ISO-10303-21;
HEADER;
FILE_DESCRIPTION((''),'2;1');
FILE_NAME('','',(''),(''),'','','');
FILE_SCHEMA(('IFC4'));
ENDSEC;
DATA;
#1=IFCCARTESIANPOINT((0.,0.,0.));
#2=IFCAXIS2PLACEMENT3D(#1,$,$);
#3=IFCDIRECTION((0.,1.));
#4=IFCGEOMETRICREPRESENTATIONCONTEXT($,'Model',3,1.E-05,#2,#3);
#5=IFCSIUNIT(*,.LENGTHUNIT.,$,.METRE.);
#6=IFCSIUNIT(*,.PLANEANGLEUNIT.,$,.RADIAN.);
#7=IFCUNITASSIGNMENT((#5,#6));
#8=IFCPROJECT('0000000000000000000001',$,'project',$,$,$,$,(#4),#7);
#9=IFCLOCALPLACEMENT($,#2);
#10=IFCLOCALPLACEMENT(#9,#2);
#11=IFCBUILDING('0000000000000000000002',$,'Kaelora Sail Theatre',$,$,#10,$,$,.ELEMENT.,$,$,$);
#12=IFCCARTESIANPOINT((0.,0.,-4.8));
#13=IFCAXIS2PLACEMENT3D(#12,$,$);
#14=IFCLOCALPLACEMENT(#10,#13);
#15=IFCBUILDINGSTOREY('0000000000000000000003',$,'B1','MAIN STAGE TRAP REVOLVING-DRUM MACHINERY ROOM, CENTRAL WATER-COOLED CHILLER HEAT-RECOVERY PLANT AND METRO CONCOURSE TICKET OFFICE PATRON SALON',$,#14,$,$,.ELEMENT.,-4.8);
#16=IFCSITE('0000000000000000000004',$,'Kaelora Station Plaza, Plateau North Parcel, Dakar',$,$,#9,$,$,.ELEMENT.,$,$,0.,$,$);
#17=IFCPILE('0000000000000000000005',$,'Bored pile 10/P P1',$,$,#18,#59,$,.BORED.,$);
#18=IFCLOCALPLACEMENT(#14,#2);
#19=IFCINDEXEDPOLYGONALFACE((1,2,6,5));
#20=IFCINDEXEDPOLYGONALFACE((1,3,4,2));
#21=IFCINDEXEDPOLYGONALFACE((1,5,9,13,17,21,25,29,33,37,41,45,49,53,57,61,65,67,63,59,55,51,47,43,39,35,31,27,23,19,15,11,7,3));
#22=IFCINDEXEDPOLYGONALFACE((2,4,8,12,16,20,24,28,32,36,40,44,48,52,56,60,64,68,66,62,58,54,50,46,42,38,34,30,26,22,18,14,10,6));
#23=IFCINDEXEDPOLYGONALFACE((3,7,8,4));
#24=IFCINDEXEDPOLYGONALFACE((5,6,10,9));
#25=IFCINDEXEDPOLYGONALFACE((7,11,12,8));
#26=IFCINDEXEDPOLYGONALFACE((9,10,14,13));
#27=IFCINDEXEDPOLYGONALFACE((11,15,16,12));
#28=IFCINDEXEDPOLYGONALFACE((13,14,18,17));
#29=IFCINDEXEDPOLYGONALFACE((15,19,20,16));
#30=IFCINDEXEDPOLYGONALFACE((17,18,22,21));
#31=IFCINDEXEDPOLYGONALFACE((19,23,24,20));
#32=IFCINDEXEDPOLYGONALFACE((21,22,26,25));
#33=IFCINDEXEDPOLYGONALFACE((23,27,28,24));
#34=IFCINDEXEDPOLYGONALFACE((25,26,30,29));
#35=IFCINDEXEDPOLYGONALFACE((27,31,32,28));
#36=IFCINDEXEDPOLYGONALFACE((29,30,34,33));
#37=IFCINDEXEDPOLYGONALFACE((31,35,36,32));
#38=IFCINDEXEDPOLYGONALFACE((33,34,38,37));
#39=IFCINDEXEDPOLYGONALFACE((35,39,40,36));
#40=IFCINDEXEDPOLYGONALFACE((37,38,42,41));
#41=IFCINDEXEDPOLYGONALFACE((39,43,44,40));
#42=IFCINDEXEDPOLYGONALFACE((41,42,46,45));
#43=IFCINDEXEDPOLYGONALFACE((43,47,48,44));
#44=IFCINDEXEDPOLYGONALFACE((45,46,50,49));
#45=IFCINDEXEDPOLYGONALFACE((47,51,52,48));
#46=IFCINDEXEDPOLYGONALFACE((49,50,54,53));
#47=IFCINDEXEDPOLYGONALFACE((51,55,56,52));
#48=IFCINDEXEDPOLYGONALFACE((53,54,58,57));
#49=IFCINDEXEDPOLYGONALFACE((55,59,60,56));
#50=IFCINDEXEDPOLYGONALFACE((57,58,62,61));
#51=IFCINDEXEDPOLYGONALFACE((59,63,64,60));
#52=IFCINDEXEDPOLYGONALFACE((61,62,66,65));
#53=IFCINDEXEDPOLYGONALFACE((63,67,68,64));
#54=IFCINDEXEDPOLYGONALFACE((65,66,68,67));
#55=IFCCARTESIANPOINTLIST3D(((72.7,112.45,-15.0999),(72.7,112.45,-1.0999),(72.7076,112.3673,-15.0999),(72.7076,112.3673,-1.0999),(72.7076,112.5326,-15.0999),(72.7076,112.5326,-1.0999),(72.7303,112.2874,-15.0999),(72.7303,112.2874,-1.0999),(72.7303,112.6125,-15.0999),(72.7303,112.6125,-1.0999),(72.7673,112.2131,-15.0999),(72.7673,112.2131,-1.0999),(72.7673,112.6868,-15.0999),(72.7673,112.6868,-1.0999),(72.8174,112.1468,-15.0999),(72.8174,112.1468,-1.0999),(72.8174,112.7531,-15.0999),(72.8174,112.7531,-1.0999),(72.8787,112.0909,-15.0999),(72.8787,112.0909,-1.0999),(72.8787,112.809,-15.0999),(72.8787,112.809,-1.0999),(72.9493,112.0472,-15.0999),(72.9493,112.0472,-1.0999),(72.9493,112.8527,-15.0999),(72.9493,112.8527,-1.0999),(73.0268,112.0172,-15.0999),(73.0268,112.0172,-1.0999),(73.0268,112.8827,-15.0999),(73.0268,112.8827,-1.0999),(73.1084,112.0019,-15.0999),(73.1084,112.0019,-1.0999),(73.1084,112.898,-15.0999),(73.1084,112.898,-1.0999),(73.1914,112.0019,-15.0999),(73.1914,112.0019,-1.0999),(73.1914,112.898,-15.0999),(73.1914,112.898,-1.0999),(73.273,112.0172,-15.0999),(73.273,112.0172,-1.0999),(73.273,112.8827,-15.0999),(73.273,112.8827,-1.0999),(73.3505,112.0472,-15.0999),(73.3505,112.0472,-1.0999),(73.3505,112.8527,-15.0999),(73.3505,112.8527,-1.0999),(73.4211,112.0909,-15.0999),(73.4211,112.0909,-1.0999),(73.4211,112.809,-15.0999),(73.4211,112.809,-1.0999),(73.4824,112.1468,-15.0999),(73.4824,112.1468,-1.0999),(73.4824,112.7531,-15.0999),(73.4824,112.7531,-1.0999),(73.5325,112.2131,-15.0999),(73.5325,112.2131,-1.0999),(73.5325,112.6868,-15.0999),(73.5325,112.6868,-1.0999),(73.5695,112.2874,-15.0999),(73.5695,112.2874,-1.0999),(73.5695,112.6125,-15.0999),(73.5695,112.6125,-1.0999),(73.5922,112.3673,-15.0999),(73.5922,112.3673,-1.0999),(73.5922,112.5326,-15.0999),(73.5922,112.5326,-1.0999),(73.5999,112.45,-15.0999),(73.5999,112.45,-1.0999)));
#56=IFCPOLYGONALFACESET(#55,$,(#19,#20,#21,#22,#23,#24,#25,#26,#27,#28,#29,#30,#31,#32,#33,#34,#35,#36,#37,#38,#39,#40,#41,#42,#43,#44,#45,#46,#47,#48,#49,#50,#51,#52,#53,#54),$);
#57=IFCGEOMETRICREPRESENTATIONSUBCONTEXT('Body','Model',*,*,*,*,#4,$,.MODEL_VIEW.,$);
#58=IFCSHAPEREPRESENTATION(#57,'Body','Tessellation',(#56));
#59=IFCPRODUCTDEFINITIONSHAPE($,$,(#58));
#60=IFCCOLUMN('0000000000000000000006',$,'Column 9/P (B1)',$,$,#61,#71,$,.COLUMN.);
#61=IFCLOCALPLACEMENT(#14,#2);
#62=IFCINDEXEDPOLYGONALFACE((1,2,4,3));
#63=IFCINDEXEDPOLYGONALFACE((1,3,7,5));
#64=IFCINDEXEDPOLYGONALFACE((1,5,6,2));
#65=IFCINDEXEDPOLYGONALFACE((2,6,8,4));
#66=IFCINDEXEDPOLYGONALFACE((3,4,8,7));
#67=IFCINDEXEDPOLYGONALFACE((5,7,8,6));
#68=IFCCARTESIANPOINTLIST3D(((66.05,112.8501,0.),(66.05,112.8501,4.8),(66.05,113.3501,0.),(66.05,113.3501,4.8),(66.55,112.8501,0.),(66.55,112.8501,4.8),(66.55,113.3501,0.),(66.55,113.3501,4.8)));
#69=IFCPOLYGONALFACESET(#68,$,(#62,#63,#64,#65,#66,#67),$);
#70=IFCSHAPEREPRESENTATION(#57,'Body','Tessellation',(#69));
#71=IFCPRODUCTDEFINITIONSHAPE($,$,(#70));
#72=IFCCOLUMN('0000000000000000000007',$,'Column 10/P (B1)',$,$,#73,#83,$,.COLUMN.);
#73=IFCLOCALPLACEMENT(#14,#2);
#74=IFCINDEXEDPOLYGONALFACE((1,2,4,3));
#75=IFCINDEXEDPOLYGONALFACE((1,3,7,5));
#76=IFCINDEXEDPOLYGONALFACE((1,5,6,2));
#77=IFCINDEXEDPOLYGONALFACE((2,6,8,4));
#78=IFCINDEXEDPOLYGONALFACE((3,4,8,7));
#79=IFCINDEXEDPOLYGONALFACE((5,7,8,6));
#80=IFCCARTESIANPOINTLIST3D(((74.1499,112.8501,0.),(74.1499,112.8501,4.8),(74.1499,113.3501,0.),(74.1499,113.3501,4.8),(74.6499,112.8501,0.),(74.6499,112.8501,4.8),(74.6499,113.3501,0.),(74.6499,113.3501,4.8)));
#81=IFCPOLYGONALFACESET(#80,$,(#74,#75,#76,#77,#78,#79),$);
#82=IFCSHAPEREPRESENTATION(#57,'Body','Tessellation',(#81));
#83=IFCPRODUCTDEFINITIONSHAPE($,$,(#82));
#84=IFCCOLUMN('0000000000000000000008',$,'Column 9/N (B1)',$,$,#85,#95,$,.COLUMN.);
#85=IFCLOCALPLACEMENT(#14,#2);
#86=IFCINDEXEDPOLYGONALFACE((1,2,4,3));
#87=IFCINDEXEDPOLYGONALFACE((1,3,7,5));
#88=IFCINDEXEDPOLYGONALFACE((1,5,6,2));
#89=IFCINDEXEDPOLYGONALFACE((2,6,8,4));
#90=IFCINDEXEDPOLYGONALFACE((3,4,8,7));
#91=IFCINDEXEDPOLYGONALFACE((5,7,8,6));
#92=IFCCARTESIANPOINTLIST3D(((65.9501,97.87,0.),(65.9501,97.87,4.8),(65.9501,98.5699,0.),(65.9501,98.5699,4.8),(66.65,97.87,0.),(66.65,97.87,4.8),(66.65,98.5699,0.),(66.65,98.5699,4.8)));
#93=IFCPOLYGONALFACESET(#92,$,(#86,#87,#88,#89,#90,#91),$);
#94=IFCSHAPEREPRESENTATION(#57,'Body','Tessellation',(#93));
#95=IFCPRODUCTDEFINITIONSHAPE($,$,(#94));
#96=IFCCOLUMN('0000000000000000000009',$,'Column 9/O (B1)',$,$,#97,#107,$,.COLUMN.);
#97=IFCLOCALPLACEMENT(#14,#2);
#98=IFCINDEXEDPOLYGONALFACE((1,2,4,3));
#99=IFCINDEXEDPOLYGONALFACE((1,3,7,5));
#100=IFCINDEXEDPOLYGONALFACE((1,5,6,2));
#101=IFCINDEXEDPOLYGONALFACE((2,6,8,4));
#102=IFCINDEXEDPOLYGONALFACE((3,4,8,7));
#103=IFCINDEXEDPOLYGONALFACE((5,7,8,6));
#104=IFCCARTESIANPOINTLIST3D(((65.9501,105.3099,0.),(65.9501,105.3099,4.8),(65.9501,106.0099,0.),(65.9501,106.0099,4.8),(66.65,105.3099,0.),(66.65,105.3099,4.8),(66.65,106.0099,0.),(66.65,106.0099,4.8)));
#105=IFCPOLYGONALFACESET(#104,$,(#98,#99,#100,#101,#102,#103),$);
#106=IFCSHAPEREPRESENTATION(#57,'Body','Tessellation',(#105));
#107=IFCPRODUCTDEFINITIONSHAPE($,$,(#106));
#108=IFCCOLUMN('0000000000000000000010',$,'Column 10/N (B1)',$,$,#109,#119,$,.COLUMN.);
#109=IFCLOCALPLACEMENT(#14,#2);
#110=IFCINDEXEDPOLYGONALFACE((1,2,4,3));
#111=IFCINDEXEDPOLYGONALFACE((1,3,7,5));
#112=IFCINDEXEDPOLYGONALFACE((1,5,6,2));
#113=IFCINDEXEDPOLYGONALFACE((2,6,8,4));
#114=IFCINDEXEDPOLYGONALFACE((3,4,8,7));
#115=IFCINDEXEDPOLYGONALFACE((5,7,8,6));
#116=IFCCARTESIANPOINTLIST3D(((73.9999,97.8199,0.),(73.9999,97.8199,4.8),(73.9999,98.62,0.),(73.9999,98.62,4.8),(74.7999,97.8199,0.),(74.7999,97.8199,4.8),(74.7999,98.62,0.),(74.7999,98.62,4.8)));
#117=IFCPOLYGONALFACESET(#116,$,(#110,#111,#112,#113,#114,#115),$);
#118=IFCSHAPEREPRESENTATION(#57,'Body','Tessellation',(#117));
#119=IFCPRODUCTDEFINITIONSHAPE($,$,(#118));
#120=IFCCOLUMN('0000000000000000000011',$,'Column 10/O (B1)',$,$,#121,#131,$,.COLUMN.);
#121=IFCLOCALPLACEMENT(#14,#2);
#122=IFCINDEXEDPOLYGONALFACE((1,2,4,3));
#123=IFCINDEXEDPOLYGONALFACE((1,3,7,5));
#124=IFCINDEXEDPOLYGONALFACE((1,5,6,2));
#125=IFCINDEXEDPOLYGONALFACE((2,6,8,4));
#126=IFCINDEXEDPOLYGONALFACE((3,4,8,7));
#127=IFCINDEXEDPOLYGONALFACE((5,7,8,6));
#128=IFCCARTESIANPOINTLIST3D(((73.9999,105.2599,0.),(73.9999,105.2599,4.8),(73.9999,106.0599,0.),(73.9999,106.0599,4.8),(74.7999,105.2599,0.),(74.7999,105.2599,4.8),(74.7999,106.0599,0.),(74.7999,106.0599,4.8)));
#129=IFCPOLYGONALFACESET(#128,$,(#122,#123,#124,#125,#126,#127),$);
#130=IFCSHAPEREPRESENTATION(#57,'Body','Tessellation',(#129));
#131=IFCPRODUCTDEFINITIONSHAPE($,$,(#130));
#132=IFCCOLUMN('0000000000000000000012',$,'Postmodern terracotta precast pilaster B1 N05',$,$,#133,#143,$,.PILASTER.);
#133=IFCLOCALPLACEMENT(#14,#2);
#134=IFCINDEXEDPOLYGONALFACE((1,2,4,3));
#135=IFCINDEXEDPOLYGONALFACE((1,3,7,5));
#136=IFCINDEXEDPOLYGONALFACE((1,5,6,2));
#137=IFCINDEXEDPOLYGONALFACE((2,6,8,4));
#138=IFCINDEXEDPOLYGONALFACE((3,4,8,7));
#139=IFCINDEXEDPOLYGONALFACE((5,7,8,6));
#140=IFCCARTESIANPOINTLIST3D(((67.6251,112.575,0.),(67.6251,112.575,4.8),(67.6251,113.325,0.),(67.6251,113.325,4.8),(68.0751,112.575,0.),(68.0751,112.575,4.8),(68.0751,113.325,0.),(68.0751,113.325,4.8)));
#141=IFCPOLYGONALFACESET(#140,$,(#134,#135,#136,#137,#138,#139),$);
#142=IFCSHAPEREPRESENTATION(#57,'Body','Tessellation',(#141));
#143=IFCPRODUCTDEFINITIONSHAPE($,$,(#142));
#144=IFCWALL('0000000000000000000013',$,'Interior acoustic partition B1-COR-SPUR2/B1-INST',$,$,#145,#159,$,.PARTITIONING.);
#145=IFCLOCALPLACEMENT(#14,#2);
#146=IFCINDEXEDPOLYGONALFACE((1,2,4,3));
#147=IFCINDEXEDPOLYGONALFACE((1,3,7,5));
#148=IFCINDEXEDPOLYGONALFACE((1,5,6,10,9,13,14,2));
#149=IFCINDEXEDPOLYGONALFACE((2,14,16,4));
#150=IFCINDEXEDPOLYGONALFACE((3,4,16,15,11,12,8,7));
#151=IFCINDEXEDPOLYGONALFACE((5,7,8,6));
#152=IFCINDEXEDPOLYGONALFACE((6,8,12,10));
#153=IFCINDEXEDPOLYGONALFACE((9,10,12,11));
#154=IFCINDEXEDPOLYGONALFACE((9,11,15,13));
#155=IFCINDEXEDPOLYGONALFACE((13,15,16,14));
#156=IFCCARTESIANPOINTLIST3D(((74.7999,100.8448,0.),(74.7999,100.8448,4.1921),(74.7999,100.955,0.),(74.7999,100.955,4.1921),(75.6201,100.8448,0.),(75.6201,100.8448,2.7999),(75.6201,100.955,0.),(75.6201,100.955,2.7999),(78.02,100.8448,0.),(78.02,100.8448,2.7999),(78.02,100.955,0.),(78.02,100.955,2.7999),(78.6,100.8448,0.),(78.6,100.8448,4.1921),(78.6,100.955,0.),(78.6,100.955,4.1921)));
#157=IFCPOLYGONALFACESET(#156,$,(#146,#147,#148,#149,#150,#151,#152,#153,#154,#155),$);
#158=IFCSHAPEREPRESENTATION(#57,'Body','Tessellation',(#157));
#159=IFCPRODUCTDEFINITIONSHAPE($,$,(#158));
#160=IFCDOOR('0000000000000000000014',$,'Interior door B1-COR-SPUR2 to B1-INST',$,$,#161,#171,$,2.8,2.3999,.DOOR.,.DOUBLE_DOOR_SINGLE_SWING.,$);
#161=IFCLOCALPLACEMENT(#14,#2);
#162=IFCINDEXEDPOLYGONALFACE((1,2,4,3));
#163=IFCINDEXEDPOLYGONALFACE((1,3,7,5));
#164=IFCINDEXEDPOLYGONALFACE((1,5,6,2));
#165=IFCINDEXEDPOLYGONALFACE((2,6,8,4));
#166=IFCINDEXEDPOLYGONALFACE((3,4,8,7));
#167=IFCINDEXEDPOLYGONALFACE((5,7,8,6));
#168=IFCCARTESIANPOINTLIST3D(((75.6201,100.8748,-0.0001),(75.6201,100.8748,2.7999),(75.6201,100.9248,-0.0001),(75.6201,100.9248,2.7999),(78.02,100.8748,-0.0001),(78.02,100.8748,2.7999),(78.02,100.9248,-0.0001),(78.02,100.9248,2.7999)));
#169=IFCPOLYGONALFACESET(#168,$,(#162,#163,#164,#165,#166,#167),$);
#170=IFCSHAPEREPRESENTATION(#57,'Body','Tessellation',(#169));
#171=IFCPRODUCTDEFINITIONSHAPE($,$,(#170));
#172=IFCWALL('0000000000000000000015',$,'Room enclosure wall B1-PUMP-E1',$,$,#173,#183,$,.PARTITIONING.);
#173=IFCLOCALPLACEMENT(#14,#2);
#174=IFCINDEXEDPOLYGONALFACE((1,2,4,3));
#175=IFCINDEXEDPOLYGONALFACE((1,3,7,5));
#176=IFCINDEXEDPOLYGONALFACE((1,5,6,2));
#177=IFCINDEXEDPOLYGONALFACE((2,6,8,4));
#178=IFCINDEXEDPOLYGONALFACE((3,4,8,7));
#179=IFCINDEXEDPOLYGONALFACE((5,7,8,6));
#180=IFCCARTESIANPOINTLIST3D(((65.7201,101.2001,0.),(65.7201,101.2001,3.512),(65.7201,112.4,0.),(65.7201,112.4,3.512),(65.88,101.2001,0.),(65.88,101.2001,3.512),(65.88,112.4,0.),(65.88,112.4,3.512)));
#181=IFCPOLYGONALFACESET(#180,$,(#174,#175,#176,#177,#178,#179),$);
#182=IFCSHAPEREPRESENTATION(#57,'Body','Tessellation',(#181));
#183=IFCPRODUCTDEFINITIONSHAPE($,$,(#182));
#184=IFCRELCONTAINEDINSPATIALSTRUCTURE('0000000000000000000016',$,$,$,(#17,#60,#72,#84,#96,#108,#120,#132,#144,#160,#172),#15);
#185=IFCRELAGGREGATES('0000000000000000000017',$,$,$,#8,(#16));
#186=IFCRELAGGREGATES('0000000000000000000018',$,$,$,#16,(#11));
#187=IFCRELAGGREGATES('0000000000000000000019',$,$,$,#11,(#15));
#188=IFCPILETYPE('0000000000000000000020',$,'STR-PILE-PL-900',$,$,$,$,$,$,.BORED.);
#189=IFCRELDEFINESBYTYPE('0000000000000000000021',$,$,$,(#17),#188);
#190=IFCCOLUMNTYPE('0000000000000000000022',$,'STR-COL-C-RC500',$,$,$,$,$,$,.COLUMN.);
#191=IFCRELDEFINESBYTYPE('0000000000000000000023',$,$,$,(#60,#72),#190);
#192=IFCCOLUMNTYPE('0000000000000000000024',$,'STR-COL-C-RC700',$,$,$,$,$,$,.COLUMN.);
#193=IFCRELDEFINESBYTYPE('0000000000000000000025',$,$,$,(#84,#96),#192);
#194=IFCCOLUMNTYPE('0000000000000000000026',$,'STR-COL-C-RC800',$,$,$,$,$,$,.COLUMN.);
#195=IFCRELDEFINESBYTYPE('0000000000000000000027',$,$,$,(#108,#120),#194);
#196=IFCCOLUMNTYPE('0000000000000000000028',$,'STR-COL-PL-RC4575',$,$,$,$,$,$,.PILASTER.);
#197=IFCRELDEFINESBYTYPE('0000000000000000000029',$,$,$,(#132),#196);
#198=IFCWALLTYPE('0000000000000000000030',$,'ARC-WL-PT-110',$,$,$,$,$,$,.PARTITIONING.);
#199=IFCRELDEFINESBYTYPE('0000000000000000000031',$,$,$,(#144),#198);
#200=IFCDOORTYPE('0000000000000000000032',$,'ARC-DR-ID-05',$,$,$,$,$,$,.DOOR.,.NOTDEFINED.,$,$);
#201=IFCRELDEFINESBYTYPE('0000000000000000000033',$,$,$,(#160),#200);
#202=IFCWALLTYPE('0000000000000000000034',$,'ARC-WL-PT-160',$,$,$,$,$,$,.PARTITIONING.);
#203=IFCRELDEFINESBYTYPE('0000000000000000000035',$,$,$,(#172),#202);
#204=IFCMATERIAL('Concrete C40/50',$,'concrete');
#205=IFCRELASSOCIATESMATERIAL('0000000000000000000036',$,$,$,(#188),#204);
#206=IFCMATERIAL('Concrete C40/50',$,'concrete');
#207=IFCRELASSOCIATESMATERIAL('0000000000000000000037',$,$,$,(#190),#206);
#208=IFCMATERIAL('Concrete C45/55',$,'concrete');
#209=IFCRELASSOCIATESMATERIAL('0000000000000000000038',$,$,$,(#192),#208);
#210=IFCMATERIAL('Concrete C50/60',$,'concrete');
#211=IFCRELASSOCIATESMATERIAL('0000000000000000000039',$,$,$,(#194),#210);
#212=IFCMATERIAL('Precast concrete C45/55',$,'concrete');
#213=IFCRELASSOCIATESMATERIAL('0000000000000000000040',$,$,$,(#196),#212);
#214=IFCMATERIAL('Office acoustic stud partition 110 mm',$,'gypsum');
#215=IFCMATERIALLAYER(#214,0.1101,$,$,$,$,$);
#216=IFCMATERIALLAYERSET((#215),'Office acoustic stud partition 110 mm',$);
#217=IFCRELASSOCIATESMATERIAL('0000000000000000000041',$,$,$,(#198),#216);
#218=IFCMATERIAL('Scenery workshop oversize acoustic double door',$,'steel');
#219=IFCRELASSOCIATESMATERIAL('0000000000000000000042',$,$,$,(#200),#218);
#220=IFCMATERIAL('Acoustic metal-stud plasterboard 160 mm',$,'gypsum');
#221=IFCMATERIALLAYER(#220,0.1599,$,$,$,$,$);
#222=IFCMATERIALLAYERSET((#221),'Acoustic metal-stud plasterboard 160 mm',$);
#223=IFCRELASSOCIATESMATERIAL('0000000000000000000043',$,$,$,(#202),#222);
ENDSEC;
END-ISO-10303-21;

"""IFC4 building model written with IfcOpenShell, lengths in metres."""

from ifc_helpers import new_model, si_unit, direction, frame, frame_2d, origin, origin_2d, place, context, subcontext, project, spatial, rectangle, circle, extrude, material, layer, layer_set, material_profile, profile_set, type_object, element, fill, save


model = new_model("IFC4")

# Units and contexts
model_context = context("Model", 3, precision=1e-05, world=origin(), true_north=direction((0.0, 1.0)))
body_context = subcontext(model_context, "Body", "Model", "MODEL_VIEW")
ifc_project = project(units=[si_unit("LENGTHUNIT", "METRE"), si_unit("PLANEANGLEUNIT", "RADIAN")], contexts=[model_context])

# Site, building, storey
site_placement = place(None, origin())
site = spatial("IfcSite", under=ifc_project, at=site_placement, Name="Kaelora Station Plaza, Plateau North Parcel, Dakar", CompositionType="ELEMENT", RefElevation=0.0)
building_placement = place(site_placement, origin())
building = spatial("IfcBuilding", under=site, at=building_placement, Name="Kaelora Sail Theatre", CompositionType="ELEMENT")
storey_placement = place(building_placement, frame((0.0, 0.0, -4.8)))
storey = spatial("IfcBuildingStorey", under=building, at=storey_placement, Name="B1", Description="MAIN STAGE TRAP REVOLVING-DRUM MACHINERY ROOM, CENTRAL WATER-COOLED CHILLER HEAT-RECOVERY PLANT AND METRO CONCOURSE TICKET OFFICE PATRON SALON", CompositionType="ELEMENT", Elevation=-4.8)

# Pile
ifc_material_1 = material(Name="Concrete C40/50", Category="concrete")
ifc_material_profile_1 = material_profile(ifc_material_1, circle(Radius=0.45, at=origin_2d()), Name="PILE D900")
ifc_profile_set_1 = profile_set([ifc_material_profile_1], Name="Concrete C40/50")
pile_type_1 = type_object("IfcPileType", Name="STR-PILE-PL-900", PredefinedType="BORED", material=ifc_profile_set_1)
for number, where, z_axis, x_axis, name in (
    (1, (73.1499, 112.45, -1.0999), (0.0, 0.0, -1.0), (1.0, 0.0, 0.0), "Bored pile 10/P P1"),
):
    element("IfcPile", number, at=place(storey_placement, frame(where, z_axis=z_axis, x_axis=x_axis)), inside=storey, type_object=pile_type_1, Name=name, PredefinedType="BORED", context=body_context, shape_type="SweptSolid", body=[
        extrude(circle(Radius=0.45, at=origin_2d()), origin(), (0.0, 0.0, 1.0), 14.0),
    ])

# Columns
ifc_material_2 = material(Name="Concrete C40/50", Category="concrete")
ifc_material_profile_2 = material_profile(ifc_material_2, rectangle(XDim=0.5, YDim=0.5, at=origin_2d()), Name="RC-COL 500x500")
ifc_profile_set_2 = profile_set([ifc_material_profile_2], Name="Concrete C40/50")
column_type_1 = type_object("IfcColumnType", Name="STR-COL-C-RC500", PredefinedType="COLUMN", material=ifc_profile_set_2)
for number, where, z_axis, x_axis, name in (
    (2, (66.3, 113.1001, 0.0), (0.0, 0.0, 1.0), (1.0, 0.0, 0.0), "Column 9/P (B1)"),
    (3, (74.3999, 113.1001, 0.0), (0.0, 0.0, 1.0), (1.0, 0.0, 0.0), "Column 10/P (B1)"),
):
    element("IfcColumn", number, at=place(storey_placement, frame(where, z_axis=z_axis, x_axis=x_axis)), inside=storey, type_object=column_type_1, Name=name, PredefinedType="COLUMN", context=body_context, shape_type="SweptSolid", body=[
        extrude(rectangle(XDim=0.5, YDim=0.5, at=origin_2d()), origin(), (0.0, 0.0, 1.0), 4.8),
    ])
ifc_material_3 = material(Name="Concrete C45/55", Category="concrete")
ifc_material_profile_3 = material_profile(ifc_material_3, rectangle(XDim=0.7, YDim=0.7, at=origin_2d()), Name="RC-COL 700x700")
ifc_profile_set_3 = profile_set([ifc_material_profile_3], Name="Concrete C45/55")
column_type_2 = type_object("IfcColumnType", Name="STR-COL-C-RC700", PredefinedType="COLUMN", material=ifc_profile_set_3)
for number, where, z_axis, x_axis, name in (
    (4, (66.3, 98.22, 0.0), (0.0, 0.0, 1.0), (1.0, 0.0, 0.0), "Column 9/N (B1)"),
    (5, (66.3, 105.6599, 0.0), (0.0, 0.0, 1.0), (1.0, 0.0, 0.0), "Column 9/O (B1)"),
):
    element("IfcColumn", number, at=place(storey_placement, frame(where, z_axis=z_axis, x_axis=x_axis)), inside=storey, type_object=column_type_2, Name=name, PredefinedType="COLUMN", context=body_context, shape_type="SweptSolid", body=[
        extrude(rectangle(XDim=0.7, YDim=0.7, at=origin_2d()), origin(), (0.0, 0.0, 1.0), 4.8),
    ])
ifc_material_4 = material(Name="Concrete C50/60", Category="concrete")
ifc_material_profile_4 = material_profile(ifc_material_4, rectangle(XDim=0.8, YDim=0.8, at=origin_2d()), Name="RC-COL 800x800")
ifc_profile_set_4 = profile_set([ifc_material_profile_4], Name="Concrete C50/60")
column_type_3 = type_object("IfcColumnType", Name="STR-COL-C-RC800", PredefinedType="COLUMN", material=ifc_profile_set_4)
for number, where, z_axis, x_axis, name in (
    (6, (74.3999, 98.22, 0.0), (0.0, 0.0, 1.0), (1.0, 0.0, 0.0), "Column 10/N (B1)"),
    (7, (74.3999, 105.6599, 0.0), (0.0, 0.0, 1.0), (1.0, 0.0, 0.0), "Column 10/O (B1)"),
):
    element("IfcColumn", number, at=place(storey_placement, frame(where, z_axis=z_axis, x_axis=x_axis)), inside=storey, type_object=column_type_3, Name=name, PredefinedType="COLUMN", context=body_context, shape_type="SweptSolid", body=[
        extrude(rectangle(XDim=0.8, YDim=0.8, at=origin_2d()), origin(), (0.0, 0.0, 1.0), 4.8),
    ])
ifc_material_5 = material(Name="Precast concrete C45/55", Category="concrete")
ifc_material_profile_5 = material_profile(ifc_material_5, rectangle(XDim=0.45, YDim=0.75, at=origin_2d()), Name="RC-PIL 450x750")
ifc_profile_set_5 = profile_set([ifc_material_profile_5], Name="Precast concrete C45/55")
column_type_4 = type_object("IfcColumnType", Name="STR-COL-PL-RC4575", PredefinedType="PILASTER", material=ifc_profile_set_5)
column_placement = place(storey_placement, frame((67.8501, 112.95, 0.0), z_axis=(0.0, 0.0, 1.0), x_axis=(1.0, 0.0, 0.0)))
element("IfcColumn", 8, at=column_placement, inside=storey, type_object=column_type_4, Name="Postmodern terracotta precast pilaster B1 N05", PredefinedType="PILASTER", context=body_context, shape_type="SweptSolid", body=[
    extrude(rectangle(XDim=0.45, YDim=0.75, at=origin_2d()), origin(), (0.0, 0.0, 1.0), 4.8),
])

# Wall, opening, door
ifc_material_6 = material(Name="Office acoustic stud partition 110 mm", Category="gypsum")
ifc_layer_1 = layer(ifc_material_6, 0.1101)
ifc_layer_set_1 = layer_set([ifc_layer_1], Name="Office acoustic stud partition 110 mm")
wall_type_1 = type_object("IfcWallType", Name="ARC-WL-PT-110", PredefinedType="PARTITIONING", material=ifc_layer_set_1)
wall_1_placement = place(storey_placement, frame((74.8, 100.8999, 0.0), z_axis=(0.0, 0.0, 1.0), x_axis=(1.0, 0.0, 0.0)))
wall_1 = element("IfcWall", 9, at=wall_1_placement, inside=storey, type_object=wall_type_1, Name="Interior acoustic partition B1-COR-SPUR2/B1-INST", PredefinedType="PARTITIONING", context=body_context, shape_type="SweptSolid", body=[
    extrude(rectangle(XDim=3.8, YDim=0.1101, at=frame_2d((1.8999, 0.0))), origin(), (0.0, 0.0, 1.0), 4.1921),
])
opening_placement = place(wall_1_placement, frame((0.8201, 0.0, 0.0)))
opening = element("IfcOpeningElement", 10, at=opening_placement, cuts=wall_1, PredefinedType="OPENING", context=body_context, shape_type="SweptSolid", body=[
    extrude(rectangle(XDim=2.3999, YDim=2.8, at=frame_2d((1.2, 1.3999))), frame((0.0, 0.0652, 0.0), z_axis=(0.0, -1.0, 0.0), x_axis=(1.0, 0.0, 0.0)), (0.0, 0.0, 1.0), 0.1301),
])
ifc_material_7 = material(Name="Scenery workshop oversize acoustic double door", Category="steel")
door_type = type_object("IfcDoorType", Name="ARC-DR-ID-05", OperationType="NOTDEFINED", PredefinedType="DOOR", material=ifc_material_7)
door_placement = place(opening_placement, origin())
door = element("IfcDoor", 11, at=door_placement, inside=storey, type_object=door_type, Name="Interior door B1-COR-SPUR2 to B1-INST", OperationType="DOUBLE_DOOR_SINGLE_SWING", OverallHeight=2.8, OverallWidth=2.3999, PredefinedType="DOOR", context=body_context, shape_type="SweptSolid", body=[
    extrude(rectangle(XDim=2.3999, YDim=2.8, at=frame_2d((1.2, 1.3999))), frame((0.0, 0.0249, 0.0), z_axis=(0.0, -1.0, 0.0), x_axis=(1.0, 0.0, 0.0)), (0.0, 0.0, 1.0), 0.05),
])
fill(opening, door)

# Wall
ifc_material_8 = material(Name="Acoustic metal-stud plasterboard 160 mm", Category="gypsum")
ifc_layer_2 = layer(ifc_material_8, 0.1599)
ifc_layer_set_2 = layer_set([ifc_layer_2], Name="Acoustic metal-stud plasterboard 160 mm")
wall_type_2 = type_object("IfcWallType", Name="ARC-WL-PT-160", PredefinedType="PARTITIONING", material=ifc_layer_set_2)
wall_2_placement = place(storey_placement, frame((65.8, 101.2, 0.0), z_axis=(0.0, 0.0, 1.0), x_axis=(0.0, 1.0, 0.0)))
element("IfcWall", 12, at=wall_2_placement, inside=storey, type_object=wall_type_2, Name="Room enclosure wall B1-PUMP-E1", PredefinedType="PARTITIONING", context=body_context, shape_type="SweptSolid", body=[
    extrude(rectangle(XDim=11.2, YDim=0.1599, at=frame_2d((5.6001, 0.0))), origin(), (0.0, 0.0, 1.0), 3.512),
])

save(model, "model.ifc")
